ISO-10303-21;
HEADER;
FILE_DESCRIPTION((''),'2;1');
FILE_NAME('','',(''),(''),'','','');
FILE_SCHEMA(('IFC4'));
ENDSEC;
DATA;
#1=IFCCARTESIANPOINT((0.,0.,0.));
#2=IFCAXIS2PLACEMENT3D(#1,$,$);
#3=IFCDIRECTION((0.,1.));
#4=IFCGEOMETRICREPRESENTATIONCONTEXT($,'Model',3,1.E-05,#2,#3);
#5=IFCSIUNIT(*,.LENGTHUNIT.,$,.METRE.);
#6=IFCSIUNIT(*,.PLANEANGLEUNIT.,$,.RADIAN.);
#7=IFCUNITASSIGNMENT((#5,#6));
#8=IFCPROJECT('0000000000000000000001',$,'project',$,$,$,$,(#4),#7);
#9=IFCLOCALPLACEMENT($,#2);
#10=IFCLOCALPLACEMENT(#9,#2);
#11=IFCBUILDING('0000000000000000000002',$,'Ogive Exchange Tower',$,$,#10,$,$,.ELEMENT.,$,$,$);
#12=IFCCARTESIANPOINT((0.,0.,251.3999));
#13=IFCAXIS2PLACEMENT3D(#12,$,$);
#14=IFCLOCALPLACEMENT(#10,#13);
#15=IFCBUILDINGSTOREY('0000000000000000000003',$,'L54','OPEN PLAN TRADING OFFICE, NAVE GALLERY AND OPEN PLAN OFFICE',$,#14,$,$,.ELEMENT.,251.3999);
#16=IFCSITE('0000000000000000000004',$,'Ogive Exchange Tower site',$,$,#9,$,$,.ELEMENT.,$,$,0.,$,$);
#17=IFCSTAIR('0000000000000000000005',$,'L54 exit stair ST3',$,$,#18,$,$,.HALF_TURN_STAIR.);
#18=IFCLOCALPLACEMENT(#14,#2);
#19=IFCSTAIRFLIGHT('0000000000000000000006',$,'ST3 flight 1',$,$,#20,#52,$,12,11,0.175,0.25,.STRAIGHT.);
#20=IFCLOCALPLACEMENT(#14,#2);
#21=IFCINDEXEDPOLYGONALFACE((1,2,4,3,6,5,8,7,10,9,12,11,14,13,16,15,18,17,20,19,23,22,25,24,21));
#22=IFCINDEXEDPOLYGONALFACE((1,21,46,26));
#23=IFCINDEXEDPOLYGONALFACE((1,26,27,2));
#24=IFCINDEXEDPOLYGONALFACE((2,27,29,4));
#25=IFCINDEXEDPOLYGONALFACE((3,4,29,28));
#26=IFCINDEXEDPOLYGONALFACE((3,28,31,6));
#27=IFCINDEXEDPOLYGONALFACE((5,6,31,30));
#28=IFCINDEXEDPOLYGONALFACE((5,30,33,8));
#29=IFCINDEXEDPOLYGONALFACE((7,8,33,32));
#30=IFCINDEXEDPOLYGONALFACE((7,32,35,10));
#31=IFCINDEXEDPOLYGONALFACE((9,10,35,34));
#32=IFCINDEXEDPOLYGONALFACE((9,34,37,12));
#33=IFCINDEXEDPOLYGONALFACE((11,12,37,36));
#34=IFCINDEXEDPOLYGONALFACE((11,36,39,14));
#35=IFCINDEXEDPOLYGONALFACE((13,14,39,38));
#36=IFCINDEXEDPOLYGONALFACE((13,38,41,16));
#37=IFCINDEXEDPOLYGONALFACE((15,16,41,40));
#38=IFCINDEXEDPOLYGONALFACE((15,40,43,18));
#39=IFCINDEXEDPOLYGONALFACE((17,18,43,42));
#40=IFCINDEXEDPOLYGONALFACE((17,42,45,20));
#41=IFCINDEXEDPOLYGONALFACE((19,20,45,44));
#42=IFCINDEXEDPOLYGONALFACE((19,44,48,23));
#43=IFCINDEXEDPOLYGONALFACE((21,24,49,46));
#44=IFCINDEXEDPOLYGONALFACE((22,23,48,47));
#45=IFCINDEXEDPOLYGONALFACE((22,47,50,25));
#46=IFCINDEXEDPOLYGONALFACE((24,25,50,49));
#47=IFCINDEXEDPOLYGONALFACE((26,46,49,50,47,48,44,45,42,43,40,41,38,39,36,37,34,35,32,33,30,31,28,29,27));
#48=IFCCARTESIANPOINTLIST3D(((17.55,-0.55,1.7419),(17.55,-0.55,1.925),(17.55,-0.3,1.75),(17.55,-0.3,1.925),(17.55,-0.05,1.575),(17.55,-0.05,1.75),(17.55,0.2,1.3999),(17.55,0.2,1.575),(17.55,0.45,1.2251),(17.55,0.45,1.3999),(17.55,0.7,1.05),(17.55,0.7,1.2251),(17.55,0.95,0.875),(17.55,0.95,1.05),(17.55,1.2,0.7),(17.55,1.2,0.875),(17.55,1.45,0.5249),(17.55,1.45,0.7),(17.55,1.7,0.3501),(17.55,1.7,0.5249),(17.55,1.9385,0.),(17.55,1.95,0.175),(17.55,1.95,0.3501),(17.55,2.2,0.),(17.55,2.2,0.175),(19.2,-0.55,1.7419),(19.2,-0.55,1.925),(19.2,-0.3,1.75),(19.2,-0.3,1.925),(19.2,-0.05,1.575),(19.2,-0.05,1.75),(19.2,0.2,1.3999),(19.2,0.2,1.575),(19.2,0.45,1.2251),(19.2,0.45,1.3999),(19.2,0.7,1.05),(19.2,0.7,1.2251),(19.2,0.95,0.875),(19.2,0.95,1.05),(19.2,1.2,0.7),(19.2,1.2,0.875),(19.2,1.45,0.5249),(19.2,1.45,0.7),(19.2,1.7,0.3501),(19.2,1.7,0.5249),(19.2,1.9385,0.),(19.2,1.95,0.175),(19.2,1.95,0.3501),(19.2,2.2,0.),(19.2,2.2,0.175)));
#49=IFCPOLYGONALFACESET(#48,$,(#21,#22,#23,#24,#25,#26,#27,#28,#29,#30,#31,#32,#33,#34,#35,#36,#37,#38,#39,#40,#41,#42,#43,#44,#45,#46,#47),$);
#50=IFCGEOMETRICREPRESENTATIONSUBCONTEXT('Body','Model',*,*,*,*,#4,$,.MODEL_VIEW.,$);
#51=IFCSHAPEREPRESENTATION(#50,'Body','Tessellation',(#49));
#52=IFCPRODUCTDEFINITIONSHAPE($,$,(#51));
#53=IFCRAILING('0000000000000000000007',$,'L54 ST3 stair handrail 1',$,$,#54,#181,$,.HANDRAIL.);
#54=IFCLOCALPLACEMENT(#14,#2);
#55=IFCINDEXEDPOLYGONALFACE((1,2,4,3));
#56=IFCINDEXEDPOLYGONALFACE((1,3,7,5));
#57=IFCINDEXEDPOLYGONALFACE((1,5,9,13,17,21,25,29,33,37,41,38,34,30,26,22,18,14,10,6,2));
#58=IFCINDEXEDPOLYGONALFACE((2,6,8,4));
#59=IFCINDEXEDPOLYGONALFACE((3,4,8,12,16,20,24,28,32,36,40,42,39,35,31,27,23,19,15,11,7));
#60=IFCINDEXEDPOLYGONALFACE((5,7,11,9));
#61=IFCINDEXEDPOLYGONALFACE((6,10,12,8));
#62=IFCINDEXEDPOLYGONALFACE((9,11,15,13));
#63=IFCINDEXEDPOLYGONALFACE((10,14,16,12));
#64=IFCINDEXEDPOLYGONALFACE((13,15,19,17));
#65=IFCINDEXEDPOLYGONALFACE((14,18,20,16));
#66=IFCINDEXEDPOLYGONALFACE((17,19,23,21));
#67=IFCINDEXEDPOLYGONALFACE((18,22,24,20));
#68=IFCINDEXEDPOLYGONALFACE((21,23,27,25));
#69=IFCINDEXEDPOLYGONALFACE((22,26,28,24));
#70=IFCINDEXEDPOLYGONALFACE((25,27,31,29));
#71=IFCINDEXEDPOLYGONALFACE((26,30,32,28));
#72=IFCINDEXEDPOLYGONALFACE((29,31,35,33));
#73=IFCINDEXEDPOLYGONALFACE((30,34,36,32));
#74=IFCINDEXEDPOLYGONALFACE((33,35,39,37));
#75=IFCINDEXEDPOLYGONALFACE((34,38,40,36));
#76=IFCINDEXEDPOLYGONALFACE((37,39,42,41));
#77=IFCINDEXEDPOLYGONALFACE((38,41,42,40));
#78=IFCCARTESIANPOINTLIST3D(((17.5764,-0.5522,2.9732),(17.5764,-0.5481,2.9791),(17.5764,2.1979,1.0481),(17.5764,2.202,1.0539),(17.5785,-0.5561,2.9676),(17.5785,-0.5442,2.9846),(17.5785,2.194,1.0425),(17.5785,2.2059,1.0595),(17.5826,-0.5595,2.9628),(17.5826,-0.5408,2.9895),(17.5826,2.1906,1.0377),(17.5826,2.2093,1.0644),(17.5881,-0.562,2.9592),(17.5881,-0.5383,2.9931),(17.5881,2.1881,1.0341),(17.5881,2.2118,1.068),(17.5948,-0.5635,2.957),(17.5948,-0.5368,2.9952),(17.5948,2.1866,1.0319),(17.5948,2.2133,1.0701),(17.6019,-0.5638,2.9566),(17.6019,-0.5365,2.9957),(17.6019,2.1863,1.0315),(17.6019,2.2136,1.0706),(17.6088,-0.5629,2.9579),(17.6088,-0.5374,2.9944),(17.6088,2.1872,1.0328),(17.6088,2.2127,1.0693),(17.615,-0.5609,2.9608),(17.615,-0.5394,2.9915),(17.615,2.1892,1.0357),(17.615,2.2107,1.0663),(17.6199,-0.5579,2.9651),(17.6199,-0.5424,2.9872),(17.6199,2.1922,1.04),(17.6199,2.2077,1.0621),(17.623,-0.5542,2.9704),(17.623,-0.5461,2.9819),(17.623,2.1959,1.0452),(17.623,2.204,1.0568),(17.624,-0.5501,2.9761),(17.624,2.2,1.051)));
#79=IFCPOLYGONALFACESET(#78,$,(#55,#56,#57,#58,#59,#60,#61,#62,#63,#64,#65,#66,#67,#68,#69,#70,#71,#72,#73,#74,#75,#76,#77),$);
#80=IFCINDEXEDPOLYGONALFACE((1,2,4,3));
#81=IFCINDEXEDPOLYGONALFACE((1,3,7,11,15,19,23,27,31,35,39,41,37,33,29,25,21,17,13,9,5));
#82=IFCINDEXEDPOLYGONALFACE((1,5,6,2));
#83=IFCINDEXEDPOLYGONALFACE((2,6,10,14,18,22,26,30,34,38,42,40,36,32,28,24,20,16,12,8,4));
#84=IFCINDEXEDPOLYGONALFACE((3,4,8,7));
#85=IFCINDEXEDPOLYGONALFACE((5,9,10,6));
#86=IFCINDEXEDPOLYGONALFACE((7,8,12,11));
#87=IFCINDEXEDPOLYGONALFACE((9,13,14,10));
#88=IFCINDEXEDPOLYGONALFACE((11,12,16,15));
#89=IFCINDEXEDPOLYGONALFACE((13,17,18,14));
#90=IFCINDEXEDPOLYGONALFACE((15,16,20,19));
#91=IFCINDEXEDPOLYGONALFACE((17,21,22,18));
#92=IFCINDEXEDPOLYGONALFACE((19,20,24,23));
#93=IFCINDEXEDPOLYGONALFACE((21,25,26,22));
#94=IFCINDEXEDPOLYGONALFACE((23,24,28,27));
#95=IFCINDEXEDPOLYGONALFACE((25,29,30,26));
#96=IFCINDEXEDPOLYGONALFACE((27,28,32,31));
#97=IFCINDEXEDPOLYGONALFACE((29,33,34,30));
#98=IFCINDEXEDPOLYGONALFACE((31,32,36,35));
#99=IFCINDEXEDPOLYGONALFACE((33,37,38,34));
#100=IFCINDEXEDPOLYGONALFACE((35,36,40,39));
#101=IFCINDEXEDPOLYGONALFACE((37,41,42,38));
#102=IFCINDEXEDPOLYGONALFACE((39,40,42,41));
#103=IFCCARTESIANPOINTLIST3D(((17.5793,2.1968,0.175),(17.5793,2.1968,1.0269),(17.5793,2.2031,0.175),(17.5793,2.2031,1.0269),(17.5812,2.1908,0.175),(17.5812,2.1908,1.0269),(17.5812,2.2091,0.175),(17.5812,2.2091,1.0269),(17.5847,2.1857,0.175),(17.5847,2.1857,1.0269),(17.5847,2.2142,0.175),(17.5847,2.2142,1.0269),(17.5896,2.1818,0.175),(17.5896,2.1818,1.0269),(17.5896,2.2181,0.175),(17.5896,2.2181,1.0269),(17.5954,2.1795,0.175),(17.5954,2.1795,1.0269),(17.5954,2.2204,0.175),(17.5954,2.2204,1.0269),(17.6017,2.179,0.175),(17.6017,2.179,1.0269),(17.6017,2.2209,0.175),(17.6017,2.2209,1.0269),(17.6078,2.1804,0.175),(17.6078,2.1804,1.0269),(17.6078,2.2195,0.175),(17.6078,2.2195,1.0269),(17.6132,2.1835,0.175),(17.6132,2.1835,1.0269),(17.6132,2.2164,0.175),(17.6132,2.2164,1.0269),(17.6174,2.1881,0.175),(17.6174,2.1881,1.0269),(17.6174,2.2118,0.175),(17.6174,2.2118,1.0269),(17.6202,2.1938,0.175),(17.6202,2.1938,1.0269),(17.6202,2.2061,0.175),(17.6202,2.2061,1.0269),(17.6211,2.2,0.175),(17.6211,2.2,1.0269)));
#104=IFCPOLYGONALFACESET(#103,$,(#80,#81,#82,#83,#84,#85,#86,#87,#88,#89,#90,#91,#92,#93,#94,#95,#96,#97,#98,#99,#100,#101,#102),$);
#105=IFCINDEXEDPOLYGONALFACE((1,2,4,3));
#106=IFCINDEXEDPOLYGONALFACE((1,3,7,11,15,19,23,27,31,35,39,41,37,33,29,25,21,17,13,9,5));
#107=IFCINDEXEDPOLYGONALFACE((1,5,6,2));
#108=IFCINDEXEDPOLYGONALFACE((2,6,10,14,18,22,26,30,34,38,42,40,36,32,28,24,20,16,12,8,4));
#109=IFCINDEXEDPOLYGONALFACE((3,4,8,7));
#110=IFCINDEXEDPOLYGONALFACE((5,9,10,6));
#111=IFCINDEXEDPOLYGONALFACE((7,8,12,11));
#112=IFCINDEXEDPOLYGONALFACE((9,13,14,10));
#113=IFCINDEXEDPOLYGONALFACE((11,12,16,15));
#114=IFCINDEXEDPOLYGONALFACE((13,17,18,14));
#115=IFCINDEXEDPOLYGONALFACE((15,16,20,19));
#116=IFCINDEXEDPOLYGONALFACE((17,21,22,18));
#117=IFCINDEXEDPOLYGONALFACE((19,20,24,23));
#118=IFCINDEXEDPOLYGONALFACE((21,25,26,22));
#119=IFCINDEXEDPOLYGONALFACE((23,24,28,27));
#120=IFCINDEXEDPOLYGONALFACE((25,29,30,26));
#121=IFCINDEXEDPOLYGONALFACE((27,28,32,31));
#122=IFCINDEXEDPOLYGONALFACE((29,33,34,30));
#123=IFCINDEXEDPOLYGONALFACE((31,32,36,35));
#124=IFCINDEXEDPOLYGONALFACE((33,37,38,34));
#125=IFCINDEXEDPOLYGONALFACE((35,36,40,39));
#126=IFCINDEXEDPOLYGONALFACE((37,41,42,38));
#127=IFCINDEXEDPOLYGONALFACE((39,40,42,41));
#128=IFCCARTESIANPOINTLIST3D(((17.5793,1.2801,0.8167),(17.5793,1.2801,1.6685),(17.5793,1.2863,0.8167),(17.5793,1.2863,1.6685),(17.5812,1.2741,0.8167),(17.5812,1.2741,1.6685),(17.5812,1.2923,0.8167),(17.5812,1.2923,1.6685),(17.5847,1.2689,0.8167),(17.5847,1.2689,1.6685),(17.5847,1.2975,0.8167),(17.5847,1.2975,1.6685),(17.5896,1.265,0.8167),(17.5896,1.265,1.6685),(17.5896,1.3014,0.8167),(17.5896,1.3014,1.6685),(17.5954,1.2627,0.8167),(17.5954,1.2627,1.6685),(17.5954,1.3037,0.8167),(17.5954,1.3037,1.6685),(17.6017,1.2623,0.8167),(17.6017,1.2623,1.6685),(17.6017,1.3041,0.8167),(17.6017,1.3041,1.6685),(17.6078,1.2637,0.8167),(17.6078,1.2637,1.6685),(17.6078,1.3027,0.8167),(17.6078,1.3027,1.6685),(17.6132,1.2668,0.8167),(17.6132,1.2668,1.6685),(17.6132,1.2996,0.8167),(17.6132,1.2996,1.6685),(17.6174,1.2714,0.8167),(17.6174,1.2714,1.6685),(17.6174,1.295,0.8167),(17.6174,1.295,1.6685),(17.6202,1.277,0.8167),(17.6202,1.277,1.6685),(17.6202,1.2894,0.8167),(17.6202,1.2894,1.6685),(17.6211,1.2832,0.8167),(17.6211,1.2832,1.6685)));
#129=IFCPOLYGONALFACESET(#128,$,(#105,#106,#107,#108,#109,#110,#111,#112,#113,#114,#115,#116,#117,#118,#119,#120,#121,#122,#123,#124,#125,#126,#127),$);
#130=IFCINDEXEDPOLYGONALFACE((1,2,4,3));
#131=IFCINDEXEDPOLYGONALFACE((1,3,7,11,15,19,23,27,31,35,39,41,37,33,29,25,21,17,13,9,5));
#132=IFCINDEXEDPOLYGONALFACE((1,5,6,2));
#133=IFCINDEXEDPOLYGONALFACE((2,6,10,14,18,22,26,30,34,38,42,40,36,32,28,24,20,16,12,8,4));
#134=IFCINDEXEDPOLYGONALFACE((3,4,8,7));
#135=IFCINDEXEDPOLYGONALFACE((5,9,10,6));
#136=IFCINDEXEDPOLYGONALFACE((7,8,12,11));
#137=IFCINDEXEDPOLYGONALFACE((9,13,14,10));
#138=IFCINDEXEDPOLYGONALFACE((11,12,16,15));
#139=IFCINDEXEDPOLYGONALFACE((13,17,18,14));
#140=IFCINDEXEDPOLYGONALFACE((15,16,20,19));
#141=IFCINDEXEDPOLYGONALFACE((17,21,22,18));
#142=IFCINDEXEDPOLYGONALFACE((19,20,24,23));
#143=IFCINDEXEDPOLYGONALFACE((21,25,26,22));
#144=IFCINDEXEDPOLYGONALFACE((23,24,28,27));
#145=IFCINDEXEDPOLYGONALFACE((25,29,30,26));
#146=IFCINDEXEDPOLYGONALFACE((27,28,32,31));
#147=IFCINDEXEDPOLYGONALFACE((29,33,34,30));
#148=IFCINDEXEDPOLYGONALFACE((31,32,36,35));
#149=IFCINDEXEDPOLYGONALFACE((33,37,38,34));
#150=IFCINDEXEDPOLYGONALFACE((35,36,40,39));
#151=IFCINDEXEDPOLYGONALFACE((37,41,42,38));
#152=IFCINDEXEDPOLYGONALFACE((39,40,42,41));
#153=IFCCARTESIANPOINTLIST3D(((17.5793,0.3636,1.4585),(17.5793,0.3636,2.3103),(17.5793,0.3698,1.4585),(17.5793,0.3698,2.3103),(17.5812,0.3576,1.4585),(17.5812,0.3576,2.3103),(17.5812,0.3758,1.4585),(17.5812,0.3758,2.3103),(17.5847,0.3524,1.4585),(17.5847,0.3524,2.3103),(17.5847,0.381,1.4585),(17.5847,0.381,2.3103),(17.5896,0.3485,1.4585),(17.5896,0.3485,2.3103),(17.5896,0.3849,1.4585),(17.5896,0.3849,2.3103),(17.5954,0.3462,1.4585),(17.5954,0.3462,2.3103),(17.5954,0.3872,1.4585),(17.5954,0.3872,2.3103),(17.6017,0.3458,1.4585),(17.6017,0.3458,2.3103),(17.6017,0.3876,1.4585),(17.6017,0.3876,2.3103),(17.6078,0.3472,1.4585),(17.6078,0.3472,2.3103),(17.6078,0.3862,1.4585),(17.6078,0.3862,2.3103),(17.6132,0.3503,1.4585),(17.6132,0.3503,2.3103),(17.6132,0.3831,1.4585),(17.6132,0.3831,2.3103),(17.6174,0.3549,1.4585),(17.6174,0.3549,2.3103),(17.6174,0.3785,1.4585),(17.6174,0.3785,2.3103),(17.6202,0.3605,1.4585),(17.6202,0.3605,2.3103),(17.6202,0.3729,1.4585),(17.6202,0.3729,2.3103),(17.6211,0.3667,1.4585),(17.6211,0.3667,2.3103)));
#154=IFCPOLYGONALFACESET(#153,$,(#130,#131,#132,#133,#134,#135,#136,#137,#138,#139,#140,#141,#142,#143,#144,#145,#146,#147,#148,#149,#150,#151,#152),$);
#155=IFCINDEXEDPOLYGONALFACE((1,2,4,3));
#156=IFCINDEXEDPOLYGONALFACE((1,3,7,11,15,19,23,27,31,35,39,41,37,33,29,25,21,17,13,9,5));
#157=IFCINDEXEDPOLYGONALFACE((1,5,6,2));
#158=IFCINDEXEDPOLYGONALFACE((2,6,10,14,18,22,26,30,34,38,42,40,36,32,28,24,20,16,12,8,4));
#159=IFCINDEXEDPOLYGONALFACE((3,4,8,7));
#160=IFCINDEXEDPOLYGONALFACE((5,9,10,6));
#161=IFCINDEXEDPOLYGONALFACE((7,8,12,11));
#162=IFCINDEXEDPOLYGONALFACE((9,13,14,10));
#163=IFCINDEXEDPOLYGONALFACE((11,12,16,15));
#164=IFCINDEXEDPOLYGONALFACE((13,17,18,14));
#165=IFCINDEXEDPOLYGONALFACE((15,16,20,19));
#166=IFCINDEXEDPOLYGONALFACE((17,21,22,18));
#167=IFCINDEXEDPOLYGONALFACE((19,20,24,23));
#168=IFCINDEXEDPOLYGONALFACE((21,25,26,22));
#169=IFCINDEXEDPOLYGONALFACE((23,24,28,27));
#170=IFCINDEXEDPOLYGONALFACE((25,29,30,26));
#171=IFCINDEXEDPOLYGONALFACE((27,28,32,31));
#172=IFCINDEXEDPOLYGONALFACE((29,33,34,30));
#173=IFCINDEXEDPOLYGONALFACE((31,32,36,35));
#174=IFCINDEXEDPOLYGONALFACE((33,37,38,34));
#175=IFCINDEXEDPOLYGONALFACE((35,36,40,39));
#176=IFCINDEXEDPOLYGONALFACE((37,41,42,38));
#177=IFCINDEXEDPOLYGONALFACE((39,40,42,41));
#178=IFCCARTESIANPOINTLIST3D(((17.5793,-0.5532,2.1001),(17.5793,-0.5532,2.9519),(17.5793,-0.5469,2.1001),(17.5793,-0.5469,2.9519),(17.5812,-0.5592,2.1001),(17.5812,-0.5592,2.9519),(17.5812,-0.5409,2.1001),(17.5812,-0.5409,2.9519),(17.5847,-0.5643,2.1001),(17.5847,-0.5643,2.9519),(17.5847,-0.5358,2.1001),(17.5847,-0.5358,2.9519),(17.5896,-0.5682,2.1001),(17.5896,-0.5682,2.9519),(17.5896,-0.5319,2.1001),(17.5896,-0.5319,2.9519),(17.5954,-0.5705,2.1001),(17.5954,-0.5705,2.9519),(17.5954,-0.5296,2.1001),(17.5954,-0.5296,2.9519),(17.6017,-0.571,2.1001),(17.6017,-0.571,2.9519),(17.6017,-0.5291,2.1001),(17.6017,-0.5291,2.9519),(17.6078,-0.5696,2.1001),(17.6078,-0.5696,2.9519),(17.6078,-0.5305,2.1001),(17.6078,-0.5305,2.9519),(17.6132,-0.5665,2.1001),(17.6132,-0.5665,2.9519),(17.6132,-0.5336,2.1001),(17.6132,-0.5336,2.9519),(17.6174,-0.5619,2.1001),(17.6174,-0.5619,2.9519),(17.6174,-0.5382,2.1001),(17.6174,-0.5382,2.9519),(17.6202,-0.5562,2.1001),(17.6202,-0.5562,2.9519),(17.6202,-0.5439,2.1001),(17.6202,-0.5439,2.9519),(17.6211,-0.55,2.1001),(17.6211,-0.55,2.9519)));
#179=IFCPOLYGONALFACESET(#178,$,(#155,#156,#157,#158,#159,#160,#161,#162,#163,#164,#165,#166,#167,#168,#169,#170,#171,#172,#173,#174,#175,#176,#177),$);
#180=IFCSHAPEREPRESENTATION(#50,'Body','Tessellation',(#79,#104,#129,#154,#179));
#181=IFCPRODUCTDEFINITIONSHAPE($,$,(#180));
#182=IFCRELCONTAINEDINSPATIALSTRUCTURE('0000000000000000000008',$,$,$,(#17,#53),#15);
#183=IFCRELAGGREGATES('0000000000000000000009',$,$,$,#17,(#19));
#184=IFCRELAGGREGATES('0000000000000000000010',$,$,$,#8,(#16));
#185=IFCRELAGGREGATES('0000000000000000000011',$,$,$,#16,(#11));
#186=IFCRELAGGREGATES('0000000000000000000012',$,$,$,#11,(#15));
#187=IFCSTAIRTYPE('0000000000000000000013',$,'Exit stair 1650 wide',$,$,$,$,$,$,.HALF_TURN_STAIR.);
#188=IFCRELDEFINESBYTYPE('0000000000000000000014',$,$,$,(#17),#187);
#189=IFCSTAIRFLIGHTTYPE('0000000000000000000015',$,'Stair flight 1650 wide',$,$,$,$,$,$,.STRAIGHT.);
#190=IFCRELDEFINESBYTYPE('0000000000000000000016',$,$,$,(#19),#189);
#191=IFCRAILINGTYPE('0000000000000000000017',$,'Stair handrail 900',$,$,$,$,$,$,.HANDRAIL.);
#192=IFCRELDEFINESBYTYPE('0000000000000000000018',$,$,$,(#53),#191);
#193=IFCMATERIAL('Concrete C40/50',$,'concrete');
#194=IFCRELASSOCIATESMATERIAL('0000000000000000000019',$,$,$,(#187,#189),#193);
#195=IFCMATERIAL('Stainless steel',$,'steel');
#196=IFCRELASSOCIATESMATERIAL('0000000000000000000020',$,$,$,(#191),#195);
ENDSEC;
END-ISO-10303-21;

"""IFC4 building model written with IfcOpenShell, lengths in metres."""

from ifc_helpers import new_model, si_unit, direction, frame, origin, origin_2d, place, context, subcontext, project, spatial, polyline, circle, outline, extrude, material, type_object, element, aggregate, save


model = new_model("IFC4")

# Units and contexts
model_context = context("Model", 3, precision=1e-05, world=origin(), true_north=direction((0.0, 1.0)))
body_context = subcontext(model_context, "Body", "Model", "MODEL_VIEW")
ifc_project = project(units=[si_unit("LENGTHUNIT", "METRE"), si_unit("PLANEANGLEUNIT", "RADIAN")], contexts=[model_context])

# Site, building, storey
site_placement = place(None, origin())
site = spatial("IfcSite", under=ifc_project, at=site_placement, Name="Ogive Exchange Tower site", CompositionType="ELEMENT", RefElevation=0.0)
building_placement = place(site_placement, origin())
building = spatial("IfcBuilding", under=site, at=building_placement, Name="Ogive Exchange Tower", CompositionType="ELEMENT")
storey_placement = place(building_placement, frame((0.0, 0.0, 251.3999)))
storey = spatial("IfcBuildingStorey", under=building, at=storey_placement, Name="L54", Description="OPEN PLAN TRADING OFFICE, NAVE GALLERY AND OPEN PLAN OFFICE", CompositionType="ELEMENT", Elevation=251.3999)

# Shared definitions
ifc_material_1 = material(Name="Stainless steel", Category="steel")

# Stair, stair flight
ifc_material_2 = material(Name="Concrete C40/50", Category="concrete")
stair_type = type_object("IfcStairType", Name="Exit stair 1650 wide", PredefinedType="HALF_TURN_STAIR", material=ifc_material_2)
stair_placement = place(storey_placement, origin())
stair = element("IfcStair", 1, at=stair_placement, inside=storey, type_object=stair_type, Name="L54 exit stair ST3", PredefinedType="HALF_TURN_STAIR")
stair_flight_type = type_object("IfcStairFlightType", Name="Stair flight 1650 wide", PredefinedType="STRAIGHT", material=ifc_material_2)
stair_flight_placement = place(storey_placement, frame((18.375, 2.2, 0.0), z_axis=(0.0, 0.0, 1.0), x_axis=(0.0, -1.0, 0.0)))
stair_flight = element("IfcStairFlight", 2, at=stair_flight_placement, type_object=stair_flight_type, Name="ST3 flight 1", NumberOfRisers=12, NumberOfTreads=11, PredefinedType="STRAIGHT", RiserHeight=0.175, TreadLength=0.25, context=body_context, shape_type="SweptSolid", body=[
    extrude(outline(polyline([(0.0, 0.0), (0.0, 0.175), (0.25, 0.175), (0.25, 0.3501), (0.5, 0.3501), (0.5, 0.5249), (0.75, 0.5249), (0.75, 0.7), (1.0, 0.7), (1.0, 0.875), (1.25, 0.875), (1.25, 1.05), (1.5, 1.05), (1.5, 1.2251), (1.75, 1.2251), (1.75, 1.3999), (2.0, 1.3999), (2.0, 1.575), (2.25, 1.575), (2.25, 1.75), (2.5, 1.75), (2.5, 1.925), (2.75, 1.925), (2.75, 2.1001), (2.75, 1.7419), (0.2615, 0.0), (0.0, 0.0)])), frame((0.0, 0.825, 0.0), z_axis=(0.0, -1.0, 0.0), x_axis=(1.0, 0.0, 0.0)), (0.0, 0.0, 1.0), 1.6499),
])
aggregate(stair, [stair_flight])

# Railing
railing_type = type_object("IfcRailingType", Name="Stair handrail 900", PredefinedType="HANDRAIL", material=ifc_material_1)
railing_1_placement = place(storey_placement, frame((17.6001, 2.2, 0.175)))
element("IfcRailing", 3, at=railing_1_placement, inside=storey, type_object=railing_type, Name="L54 ST3 stair handrail 1", PredefinedType="HANDRAIL", context=body_context, shape_type="SweptSolid", body=[
    extrude(circle(Radius=0.0239, at=origin_2d()), frame((0.0, 0.0, 0.876), z_axis=(0.0, -0.819225, 0.573472), x_axis=(1.0, 0.0, 0.0)), (0.0, 0.0, 1.0), 3.3569),
    extrude(circle(Radius=0.021, at=origin_2d()), origin(), (0.0, 0.0, 1.0), 0.8518),
    extrude(circle(Radius=0.021, at=origin_2d()), frame((0.0, -0.9167, 0.6416)), (0.0, 0.0, 1.0), 0.8518),
    extrude(circle(Radius=0.021, at=origin_2d()), frame((0.0, -1.8333, 1.2834)), (0.0, 0.0, 1.0), 0.8518),
    extrude(circle(Radius=0.021, at=origin_2d()), frame((0.0, -2.75, 1.925)), (0.0, 0.0, 1.0), 0.8518),
])

save(model, "model.ifc")
